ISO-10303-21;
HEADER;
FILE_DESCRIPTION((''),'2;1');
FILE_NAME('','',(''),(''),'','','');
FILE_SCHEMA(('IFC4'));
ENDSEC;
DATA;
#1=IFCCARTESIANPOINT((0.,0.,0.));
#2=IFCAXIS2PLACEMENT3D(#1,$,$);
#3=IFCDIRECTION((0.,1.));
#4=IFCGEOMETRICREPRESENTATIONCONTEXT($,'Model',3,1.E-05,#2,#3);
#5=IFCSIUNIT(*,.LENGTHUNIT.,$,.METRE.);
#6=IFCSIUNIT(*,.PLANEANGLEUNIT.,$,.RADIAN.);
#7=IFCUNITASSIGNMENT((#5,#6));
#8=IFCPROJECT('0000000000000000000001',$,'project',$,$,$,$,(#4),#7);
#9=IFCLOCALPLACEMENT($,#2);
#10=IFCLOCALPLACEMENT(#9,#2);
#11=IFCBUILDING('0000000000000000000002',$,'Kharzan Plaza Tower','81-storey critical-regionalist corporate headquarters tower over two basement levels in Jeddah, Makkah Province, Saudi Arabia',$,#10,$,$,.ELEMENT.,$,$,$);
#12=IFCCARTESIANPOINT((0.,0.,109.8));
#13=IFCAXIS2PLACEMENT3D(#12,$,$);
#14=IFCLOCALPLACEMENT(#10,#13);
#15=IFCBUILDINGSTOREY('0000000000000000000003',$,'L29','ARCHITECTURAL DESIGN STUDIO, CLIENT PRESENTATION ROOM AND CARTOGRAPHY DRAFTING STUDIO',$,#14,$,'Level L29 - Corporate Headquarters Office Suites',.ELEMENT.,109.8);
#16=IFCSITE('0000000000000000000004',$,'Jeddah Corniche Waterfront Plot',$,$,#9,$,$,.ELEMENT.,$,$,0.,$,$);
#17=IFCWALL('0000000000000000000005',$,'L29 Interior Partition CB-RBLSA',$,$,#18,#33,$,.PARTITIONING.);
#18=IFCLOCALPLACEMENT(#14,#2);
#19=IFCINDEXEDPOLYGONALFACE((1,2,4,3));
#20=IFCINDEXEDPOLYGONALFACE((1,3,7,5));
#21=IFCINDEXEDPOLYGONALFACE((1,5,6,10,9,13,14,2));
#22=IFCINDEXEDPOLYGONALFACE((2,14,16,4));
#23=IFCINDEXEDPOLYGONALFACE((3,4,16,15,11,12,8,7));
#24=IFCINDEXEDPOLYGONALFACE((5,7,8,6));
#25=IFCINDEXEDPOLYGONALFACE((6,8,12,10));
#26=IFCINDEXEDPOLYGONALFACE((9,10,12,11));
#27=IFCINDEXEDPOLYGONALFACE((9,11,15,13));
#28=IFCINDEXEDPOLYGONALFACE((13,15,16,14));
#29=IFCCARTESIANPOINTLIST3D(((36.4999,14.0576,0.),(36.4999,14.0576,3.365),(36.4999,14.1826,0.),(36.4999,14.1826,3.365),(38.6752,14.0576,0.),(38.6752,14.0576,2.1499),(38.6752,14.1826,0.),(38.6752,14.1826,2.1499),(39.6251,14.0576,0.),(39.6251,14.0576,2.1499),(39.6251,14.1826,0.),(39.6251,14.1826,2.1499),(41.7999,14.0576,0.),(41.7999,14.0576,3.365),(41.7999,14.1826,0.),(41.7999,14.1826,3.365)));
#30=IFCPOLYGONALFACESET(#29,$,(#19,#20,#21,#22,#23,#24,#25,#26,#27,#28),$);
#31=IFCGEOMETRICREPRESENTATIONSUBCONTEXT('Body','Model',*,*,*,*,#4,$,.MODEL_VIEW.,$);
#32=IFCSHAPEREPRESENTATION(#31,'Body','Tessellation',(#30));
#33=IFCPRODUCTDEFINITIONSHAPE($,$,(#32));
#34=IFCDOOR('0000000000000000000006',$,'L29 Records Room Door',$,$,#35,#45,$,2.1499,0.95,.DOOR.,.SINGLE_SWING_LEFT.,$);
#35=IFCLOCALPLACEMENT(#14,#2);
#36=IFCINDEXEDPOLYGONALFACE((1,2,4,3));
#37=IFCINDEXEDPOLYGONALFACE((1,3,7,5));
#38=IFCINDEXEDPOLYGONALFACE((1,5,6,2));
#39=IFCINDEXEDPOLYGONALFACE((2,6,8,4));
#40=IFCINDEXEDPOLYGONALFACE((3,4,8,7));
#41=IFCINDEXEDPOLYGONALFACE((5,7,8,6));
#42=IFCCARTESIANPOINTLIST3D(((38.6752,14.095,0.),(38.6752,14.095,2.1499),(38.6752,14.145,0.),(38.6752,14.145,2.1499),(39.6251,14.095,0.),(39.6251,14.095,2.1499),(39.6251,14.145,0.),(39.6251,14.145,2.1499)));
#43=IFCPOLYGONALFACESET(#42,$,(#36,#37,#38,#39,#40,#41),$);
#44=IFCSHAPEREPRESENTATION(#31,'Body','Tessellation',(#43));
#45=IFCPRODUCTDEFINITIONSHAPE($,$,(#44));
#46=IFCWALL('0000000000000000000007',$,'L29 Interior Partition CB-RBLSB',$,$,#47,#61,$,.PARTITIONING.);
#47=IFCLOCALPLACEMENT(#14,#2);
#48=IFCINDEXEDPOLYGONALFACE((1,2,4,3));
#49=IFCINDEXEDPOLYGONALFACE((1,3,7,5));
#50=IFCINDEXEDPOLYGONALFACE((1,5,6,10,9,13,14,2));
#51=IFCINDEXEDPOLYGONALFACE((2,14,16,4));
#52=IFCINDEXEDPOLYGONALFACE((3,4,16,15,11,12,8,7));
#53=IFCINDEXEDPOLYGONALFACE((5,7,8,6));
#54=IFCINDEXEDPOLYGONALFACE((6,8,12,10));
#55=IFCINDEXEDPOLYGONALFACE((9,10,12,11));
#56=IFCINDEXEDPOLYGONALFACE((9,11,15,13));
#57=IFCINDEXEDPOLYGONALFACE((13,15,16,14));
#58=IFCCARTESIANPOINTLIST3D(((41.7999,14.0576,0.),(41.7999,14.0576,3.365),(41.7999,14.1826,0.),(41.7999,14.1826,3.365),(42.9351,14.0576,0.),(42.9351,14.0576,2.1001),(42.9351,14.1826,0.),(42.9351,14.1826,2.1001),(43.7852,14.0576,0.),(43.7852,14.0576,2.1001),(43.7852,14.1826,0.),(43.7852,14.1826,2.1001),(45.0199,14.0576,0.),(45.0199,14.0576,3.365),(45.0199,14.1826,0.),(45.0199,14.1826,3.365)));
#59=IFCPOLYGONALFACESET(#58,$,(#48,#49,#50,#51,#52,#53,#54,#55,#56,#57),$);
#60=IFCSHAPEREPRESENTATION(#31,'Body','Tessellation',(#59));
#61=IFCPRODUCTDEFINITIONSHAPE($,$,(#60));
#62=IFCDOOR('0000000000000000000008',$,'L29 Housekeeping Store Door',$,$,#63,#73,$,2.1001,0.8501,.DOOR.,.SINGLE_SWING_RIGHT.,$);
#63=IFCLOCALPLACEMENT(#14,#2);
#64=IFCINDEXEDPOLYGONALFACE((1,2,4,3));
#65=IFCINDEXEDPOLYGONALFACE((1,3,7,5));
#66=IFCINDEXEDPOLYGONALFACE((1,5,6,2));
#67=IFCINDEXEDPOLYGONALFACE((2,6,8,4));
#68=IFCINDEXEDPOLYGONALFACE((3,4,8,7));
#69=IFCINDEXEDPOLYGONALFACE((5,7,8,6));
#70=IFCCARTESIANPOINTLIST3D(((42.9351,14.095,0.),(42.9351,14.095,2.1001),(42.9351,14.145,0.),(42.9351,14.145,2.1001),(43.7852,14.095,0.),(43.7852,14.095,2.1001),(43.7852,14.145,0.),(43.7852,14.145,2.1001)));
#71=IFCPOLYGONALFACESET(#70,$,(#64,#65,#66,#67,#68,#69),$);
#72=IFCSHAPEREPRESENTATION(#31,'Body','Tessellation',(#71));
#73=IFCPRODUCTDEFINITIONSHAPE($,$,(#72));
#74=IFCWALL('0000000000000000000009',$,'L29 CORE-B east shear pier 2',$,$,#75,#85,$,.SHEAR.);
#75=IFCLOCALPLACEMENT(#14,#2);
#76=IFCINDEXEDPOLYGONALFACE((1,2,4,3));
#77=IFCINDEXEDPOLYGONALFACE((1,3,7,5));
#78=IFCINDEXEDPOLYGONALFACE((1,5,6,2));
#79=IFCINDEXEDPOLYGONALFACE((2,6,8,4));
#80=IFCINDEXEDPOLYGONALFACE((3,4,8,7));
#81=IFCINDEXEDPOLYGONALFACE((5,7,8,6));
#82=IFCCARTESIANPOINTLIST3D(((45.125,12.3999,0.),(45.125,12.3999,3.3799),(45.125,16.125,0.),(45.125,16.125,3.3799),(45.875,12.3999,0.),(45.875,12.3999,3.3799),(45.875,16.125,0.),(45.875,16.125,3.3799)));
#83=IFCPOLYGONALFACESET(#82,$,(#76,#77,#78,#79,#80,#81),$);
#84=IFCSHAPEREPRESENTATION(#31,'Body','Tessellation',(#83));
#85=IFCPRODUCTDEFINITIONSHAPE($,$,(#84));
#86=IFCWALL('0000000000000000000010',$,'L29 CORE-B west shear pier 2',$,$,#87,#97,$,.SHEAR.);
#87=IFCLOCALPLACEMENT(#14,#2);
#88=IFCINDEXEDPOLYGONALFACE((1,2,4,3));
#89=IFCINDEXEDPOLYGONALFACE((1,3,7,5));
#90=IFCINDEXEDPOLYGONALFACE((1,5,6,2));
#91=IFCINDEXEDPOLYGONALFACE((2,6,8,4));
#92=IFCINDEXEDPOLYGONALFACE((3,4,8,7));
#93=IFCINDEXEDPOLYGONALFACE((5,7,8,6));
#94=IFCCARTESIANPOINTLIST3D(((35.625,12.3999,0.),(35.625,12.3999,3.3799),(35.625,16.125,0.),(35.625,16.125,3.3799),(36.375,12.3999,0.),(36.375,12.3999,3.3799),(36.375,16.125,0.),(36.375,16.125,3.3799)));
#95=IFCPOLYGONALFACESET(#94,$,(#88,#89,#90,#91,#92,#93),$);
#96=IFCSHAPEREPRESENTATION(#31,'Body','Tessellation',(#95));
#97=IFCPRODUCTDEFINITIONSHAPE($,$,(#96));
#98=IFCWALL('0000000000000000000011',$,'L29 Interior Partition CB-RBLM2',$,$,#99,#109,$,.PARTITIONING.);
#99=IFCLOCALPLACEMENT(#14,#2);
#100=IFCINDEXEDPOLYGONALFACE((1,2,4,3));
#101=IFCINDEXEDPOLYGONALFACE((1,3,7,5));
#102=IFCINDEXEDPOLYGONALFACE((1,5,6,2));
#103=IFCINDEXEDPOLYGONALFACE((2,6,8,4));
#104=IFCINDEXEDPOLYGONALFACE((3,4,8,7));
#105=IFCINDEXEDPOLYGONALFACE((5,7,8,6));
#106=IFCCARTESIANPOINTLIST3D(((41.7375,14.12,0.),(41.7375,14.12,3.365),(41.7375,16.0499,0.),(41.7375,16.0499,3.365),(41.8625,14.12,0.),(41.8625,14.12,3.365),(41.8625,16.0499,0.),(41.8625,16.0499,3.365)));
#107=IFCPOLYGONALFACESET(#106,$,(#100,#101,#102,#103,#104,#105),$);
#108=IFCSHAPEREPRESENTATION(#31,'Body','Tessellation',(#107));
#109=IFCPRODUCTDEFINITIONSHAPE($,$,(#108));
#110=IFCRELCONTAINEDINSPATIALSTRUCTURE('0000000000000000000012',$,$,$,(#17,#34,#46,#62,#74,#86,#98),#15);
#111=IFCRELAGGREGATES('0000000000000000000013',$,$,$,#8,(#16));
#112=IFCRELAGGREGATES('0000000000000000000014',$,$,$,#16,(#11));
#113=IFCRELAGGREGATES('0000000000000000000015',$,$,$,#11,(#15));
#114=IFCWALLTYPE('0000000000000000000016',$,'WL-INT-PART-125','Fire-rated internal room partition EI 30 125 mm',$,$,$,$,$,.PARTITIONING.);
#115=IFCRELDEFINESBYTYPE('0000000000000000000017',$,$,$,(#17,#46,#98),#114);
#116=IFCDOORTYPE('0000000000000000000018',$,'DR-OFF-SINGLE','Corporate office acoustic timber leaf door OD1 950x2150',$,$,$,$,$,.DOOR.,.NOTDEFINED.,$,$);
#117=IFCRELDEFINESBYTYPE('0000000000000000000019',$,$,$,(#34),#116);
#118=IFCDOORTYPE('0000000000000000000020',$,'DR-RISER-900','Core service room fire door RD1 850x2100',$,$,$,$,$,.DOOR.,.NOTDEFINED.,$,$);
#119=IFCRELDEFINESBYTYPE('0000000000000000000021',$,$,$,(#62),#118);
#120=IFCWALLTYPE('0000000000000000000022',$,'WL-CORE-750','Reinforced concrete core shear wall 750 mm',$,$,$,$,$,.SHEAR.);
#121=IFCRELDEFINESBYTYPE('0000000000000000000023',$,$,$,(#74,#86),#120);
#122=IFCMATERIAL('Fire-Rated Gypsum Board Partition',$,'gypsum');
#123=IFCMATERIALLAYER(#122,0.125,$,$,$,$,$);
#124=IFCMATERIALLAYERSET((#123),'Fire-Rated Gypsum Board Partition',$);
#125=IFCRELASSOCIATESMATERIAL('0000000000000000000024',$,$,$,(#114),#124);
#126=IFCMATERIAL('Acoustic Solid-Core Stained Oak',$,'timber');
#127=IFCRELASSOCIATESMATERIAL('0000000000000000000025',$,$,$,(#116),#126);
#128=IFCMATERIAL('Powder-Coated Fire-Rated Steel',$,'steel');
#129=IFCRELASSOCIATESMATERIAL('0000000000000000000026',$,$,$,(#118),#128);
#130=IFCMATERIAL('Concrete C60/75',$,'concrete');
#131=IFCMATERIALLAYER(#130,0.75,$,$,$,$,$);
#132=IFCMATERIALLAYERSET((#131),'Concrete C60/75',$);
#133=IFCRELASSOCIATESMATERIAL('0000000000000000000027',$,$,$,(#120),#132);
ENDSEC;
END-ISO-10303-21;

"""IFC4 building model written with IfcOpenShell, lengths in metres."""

from ifc_helpers import new_model, si_unit, direction, frame, frame_2d, origin, place, context, subcontext, project, spatial, rectangle, extrude, source, transform, mapped, material, layer, layer_set, type_object, element, fill, save


model = new_model("IFC4")

# Units and contexts
model_context = context("Model", 3, precision=1e-05, world=origin(), true_north=direction((0.0, 1.0)))
body_context = subcontext(model_context, "Body", "Model", "MODEL_VIEW")
ifc_project = project(units=[si_unit("LENGTHUNIT", "METRE"), si_unit("PLANEANGLEUNIT", "RADIAN")], contexts=[model_context])

# Site, building, storey
site_placement = place(None, origin())
site = spatial("IfcSite", under=ifc_project, at=site_placement, Name="Jeddah Corniche Waterfront Plot", CompositionType="ELEMENT", RefElevation=0.0)
building_placement = place(site_placement, origin())
building = spatial("IfcBuilding", under=site, at=building_placement, Name="Kharzan Plaza Tower", Description="81-storey critical-regionalist corporate headquarters tower over two basement levels in Jeddah, Makkah Province, Saudi Arabia", CompositionType="ELEMENT")
storey_placement = place(building_placement, frame((0.0, 0.0, 109.8)))
storey = spatial("IfcBuildingStorey", under=building, at=storey_placement, Name="L29", Description="ARCHITECTURAL DESIGN STUDIO, CLIENT PRESENTATION ROOM AND CARTOGRAPHY DRAFTING STUDIO", LongName="Level L29 - Corporate Headquarters Office Suites", CompositionType="ELEMENT", Elevation=109.8)

# Shared definitions
ifc_material_1 = material(Name="Concrete C60/75", Category="concrete")

# Walls, openings, doors
ifc_material_2 = material(Name="Fire-Rated Gypsum Board Partition", Category="gypsum")
ifc_layer_1 = layer(ifc_material_2, 0.125)
ifc_layer_set_1 = layer_set([ifc_layer_1], Name="Fire-Rated Gypsum Board Partition")
wall_type_1 = type_object("IfcWallType", Name="WL-INT-PART-125", Description="Fire-rated internal room partition EI 30 125 mm", PredefinedType="PARTITIONING", material=ifc_layer_set_1)
wall_1_placement = place(storey_placement, frame((36.5, 14.1201, 0.0), z_axis=(0.0, 0.0, 1.0), x_axis=(1.0, 0.0, 0.0)))
wall_1 = element("IfcWall", 1, at=wall_1_placement, inside=storey, type_object=wall_type_1, Name="L29 Interior Partition CB-RBLSA", PredefinedType="PARTITIONING", context=body_context, shape_type="SweptSolid", body=[
    extrude(rectangle(XDim=5.3, YDim=0.125, at=frame_2d((2.6499, 0.0))), origin(), (0.0, 0.0, 1.0), 3.365),
])
opening_1_placement = place(wall_1_placement, frame((2.175, 0.0, 0.0)))
opening_1 = element("IfcOpeningElement", 2, at=opening_1_placement, cuts=wall_1, PredefinedType="OPENING", context=body_context, shape_type="SweptSolid", body=[
    extrude(rectangle(XDim=0.95, YDim=2.1499, at=frame_2d((0.4751, 1.075))), frame((0.0, 0.0725, 0.0), z_axis=(0.0, -1.0, 0.0), x_axis=(1.0, 0.0, 0.0)), (0.0, 0.0, 1.0), 0.145),
])
ifc_material_3 = material(Name="Acoustic Solid-Core Stained Oak", Category="timber")
door_type_1 = type_object("IfcDoorType", Name="DR-OFF-SINGLE", Description="Corporate office acoustic timber leaf door OD1 950x2150", OperationType="NOTDEFINED", PredefinedType="DOOR", material=ifc_material_3)
shared_shape_1 = source(origin(), body_context, "Body", "SweptSolid", [
    extrude(rectangle(XDim=0.95, YDim=2.1499, at=frame_2d((0.4751, 1.075))), frame((0.0, 0.0249, 0.0), z_axis=(0.0, -1.0, 0.0), x_axis=(1.0, 0.0, 0.0)), (0.0, 0.0, 1.0), 0.05),
])
door_1_placement = place(opening_1_placement, origin())
door_1 = element("IfcDoor", 3, at=door_1_placement, inside=storey, type_object=door_type_1, Name="L29 Records Room Door", OperationType="SINGLE_SWING_LEFT", OverallHeight=2.1499, OverallWidth=0.95, PredefinedType="DOOR", context=body_context, shape_type="MappedRepresentation", body=[
    mapped(shared_shape_1, transform((0.0, 0.0, 0.0), x_axis=(1.0, 0.0, 0.0), y_axis=(0.0, 1.0, 0.0), z_axis=(0.0, 0.0, 1.0))),
])
fill(opening_1, door_1)
wall_2_placement = place(storey_placement, frame((41.8, 14.1201, 0.0), z_axis=(0.0, 0.0, 1.0), x_axis=(1.0, 0.0, 0.0)))
wall_2 = element("IfcWall", 4, at=wall_2_placement, inside=storey, type_object=wall_type_1, Name="L29 Interior Partition CB-RBLSB", PredefinedType="PARTITIONING", context=body_context, shape_type="SweptSolid", body=[
    extrude(rectangle(XDim=3.22, YDim=0.125, at=frame_2d((1.6099, 0.0))), origin(), (0.0, 0.0, 1.0), 3.365),
])
opening_2_placement = place(wall_2_placement, frame((1.135, 0.0, 0.0)))
opening_2 = element("IfcOpeningElement", 5, at=opening_2_placement, cuts=wall_2, PredefinedType="OPENING", context=body_context, shape_type="SweptSolid", body=[
    extrude(rectangle(XDim=0.8501, YDim=2.1001, at=frame_2d((0.425, 1.05))), frame((0.0, 0.0725, 0.0), z_axis=(0.0, -1.0, 0.0), x_axis=(1.0, 0.0, 0.0)), (0.0, 0.0, 1.0), 0.145),
])
ifc_material_4 = material(Name="Powder-Coated Fire-Rated Steel", Category="steel")
door_type_2 = type_object("IfcDoorType", Name="DR-RISER-900", Description="Core service room fire door RD1 850x2100", OperationType="NOTDEFINED", PredefinedType="DOOR", material=ifc_material_4)
shared_shape_2 = source(origin(), body_context, "Body", "SweptSolid", [
    extrude(rectangle(XDim=0.8501, YDim=2.1001, at=frame_2d((0.425, 1.05))), frame((0.0, 0.0249, 0.0), z_axis=(0.0, -1.0, 0.0), x_axis=(1.0, 0.0, 0.0)), (0.0, 0.0, 1.0), 0.05),
])
door_2_placement = place(opening_2_placement, origin())
door_2 = element("IfcDoor", 6, at=door_2_placement, inside=storey, type_object=door_type_2, Name="L29 Housekeeping Store Door", OperationType="SINGLE_SWING_RIGHT", OverallHeight=2.1001, OverallWidth=0.8501, PredefinedType="DOOR", context=body_context, shape_type="MappedRepresentation", body=[
    mapped(shared_shape_2, transform((0.0, 0.0, 0.0), x_axis=(1.0, 0.0, 0.0), y_axis=(0.0, 1.0, 0.0), z_axis=(0.0, 0.0, 1.0))),
])
fill(opening_2, door_2)

# Walls
ifc_layer_2 = layer(ifc_material_1, 0.75)
ifc_layer_set_2 = layer_set([ifc_layer_2], Name="Concrete C60/75")
wall_type_2 = type_object("IfcWallType", Name="WL-CORE-750", Description="Reinforced concrete core shear wall 750 mm", PredefinedType="SHEAR", material=ifc_layer_set_2)
shared_shape_3 = source(origin(), body_context, "Body", "SweptSolid", [
    extrude(rectangle(XDim=3.7251, YDim=0.75, at=frame_2d((1.8625, 0.0))), origin(), (0.0, 0.0, 1.0), 3.3799),
])
for number, where, z_axis, x_axis, name in (
    (7, (45.5, 12.3999, 0.0), (0.0, 0.0, 1.0), (0.0, 1.0, 0.0), "L29 CORE-B east shear pier 2"),
    (8, (36.0, 12.3999, 0.0), (0.0, 0.0, 1.0), (0.0, 1.0, 0.0), "L29 CORE-B west shear pier 2"),
):
    element("IfcWall", number, at=place(storey_placement, frame(where, z_axis=z_axis, x_axis=x_axis)), inside=storey, type_object=wall_type_2, Name=name, PredefinedType="SHEAR", context=body_context, shape_type="MappedRepresentation", body=[
        mapped(shared_shape_3, transform((0.0, 0.0, 0.0), x_axis=(1.0, 0.0, 0.0), y_axis=(0.0, 1.0, 0.0), z_axis=(0.0, 0.0, 1.0))),
    ])
shared_shape_4 = source(origin(), body_context, "Body", "SweptSolid", [
    extrude(rectangle(XDim=1.9299, YDim=0.125, at=frame_2d((0.9648, 0.0))), origin(), (0.0, 0.0, 1.0), 3.365),
])
wall_3_placement = place(storey_placement, frame((41.8, 14.1201, 0.0), z_axis=(0.0, 0.0, 1.0), x_axis=(0.0, 1.0, 0.0)))
element("IfcWall", 9, at=wall_3_placement, inside=storey, type_object=wall_type_1, Name="L29 Interior Partition CB-RBLM2", PredefinedType="PARTITIONING", context=body_context, shape_type="MappedRepresentation", body=[
    mapped(shared_shape_4, transform((0.0, 0.0, 0.0), x_axis=(1.0, 0.0, 0.0), y_axis=(0.0, 1.0, 0.0), z_axis=(0.0, 0.0, 1.0))),
])

save(model, "model.ifc")
